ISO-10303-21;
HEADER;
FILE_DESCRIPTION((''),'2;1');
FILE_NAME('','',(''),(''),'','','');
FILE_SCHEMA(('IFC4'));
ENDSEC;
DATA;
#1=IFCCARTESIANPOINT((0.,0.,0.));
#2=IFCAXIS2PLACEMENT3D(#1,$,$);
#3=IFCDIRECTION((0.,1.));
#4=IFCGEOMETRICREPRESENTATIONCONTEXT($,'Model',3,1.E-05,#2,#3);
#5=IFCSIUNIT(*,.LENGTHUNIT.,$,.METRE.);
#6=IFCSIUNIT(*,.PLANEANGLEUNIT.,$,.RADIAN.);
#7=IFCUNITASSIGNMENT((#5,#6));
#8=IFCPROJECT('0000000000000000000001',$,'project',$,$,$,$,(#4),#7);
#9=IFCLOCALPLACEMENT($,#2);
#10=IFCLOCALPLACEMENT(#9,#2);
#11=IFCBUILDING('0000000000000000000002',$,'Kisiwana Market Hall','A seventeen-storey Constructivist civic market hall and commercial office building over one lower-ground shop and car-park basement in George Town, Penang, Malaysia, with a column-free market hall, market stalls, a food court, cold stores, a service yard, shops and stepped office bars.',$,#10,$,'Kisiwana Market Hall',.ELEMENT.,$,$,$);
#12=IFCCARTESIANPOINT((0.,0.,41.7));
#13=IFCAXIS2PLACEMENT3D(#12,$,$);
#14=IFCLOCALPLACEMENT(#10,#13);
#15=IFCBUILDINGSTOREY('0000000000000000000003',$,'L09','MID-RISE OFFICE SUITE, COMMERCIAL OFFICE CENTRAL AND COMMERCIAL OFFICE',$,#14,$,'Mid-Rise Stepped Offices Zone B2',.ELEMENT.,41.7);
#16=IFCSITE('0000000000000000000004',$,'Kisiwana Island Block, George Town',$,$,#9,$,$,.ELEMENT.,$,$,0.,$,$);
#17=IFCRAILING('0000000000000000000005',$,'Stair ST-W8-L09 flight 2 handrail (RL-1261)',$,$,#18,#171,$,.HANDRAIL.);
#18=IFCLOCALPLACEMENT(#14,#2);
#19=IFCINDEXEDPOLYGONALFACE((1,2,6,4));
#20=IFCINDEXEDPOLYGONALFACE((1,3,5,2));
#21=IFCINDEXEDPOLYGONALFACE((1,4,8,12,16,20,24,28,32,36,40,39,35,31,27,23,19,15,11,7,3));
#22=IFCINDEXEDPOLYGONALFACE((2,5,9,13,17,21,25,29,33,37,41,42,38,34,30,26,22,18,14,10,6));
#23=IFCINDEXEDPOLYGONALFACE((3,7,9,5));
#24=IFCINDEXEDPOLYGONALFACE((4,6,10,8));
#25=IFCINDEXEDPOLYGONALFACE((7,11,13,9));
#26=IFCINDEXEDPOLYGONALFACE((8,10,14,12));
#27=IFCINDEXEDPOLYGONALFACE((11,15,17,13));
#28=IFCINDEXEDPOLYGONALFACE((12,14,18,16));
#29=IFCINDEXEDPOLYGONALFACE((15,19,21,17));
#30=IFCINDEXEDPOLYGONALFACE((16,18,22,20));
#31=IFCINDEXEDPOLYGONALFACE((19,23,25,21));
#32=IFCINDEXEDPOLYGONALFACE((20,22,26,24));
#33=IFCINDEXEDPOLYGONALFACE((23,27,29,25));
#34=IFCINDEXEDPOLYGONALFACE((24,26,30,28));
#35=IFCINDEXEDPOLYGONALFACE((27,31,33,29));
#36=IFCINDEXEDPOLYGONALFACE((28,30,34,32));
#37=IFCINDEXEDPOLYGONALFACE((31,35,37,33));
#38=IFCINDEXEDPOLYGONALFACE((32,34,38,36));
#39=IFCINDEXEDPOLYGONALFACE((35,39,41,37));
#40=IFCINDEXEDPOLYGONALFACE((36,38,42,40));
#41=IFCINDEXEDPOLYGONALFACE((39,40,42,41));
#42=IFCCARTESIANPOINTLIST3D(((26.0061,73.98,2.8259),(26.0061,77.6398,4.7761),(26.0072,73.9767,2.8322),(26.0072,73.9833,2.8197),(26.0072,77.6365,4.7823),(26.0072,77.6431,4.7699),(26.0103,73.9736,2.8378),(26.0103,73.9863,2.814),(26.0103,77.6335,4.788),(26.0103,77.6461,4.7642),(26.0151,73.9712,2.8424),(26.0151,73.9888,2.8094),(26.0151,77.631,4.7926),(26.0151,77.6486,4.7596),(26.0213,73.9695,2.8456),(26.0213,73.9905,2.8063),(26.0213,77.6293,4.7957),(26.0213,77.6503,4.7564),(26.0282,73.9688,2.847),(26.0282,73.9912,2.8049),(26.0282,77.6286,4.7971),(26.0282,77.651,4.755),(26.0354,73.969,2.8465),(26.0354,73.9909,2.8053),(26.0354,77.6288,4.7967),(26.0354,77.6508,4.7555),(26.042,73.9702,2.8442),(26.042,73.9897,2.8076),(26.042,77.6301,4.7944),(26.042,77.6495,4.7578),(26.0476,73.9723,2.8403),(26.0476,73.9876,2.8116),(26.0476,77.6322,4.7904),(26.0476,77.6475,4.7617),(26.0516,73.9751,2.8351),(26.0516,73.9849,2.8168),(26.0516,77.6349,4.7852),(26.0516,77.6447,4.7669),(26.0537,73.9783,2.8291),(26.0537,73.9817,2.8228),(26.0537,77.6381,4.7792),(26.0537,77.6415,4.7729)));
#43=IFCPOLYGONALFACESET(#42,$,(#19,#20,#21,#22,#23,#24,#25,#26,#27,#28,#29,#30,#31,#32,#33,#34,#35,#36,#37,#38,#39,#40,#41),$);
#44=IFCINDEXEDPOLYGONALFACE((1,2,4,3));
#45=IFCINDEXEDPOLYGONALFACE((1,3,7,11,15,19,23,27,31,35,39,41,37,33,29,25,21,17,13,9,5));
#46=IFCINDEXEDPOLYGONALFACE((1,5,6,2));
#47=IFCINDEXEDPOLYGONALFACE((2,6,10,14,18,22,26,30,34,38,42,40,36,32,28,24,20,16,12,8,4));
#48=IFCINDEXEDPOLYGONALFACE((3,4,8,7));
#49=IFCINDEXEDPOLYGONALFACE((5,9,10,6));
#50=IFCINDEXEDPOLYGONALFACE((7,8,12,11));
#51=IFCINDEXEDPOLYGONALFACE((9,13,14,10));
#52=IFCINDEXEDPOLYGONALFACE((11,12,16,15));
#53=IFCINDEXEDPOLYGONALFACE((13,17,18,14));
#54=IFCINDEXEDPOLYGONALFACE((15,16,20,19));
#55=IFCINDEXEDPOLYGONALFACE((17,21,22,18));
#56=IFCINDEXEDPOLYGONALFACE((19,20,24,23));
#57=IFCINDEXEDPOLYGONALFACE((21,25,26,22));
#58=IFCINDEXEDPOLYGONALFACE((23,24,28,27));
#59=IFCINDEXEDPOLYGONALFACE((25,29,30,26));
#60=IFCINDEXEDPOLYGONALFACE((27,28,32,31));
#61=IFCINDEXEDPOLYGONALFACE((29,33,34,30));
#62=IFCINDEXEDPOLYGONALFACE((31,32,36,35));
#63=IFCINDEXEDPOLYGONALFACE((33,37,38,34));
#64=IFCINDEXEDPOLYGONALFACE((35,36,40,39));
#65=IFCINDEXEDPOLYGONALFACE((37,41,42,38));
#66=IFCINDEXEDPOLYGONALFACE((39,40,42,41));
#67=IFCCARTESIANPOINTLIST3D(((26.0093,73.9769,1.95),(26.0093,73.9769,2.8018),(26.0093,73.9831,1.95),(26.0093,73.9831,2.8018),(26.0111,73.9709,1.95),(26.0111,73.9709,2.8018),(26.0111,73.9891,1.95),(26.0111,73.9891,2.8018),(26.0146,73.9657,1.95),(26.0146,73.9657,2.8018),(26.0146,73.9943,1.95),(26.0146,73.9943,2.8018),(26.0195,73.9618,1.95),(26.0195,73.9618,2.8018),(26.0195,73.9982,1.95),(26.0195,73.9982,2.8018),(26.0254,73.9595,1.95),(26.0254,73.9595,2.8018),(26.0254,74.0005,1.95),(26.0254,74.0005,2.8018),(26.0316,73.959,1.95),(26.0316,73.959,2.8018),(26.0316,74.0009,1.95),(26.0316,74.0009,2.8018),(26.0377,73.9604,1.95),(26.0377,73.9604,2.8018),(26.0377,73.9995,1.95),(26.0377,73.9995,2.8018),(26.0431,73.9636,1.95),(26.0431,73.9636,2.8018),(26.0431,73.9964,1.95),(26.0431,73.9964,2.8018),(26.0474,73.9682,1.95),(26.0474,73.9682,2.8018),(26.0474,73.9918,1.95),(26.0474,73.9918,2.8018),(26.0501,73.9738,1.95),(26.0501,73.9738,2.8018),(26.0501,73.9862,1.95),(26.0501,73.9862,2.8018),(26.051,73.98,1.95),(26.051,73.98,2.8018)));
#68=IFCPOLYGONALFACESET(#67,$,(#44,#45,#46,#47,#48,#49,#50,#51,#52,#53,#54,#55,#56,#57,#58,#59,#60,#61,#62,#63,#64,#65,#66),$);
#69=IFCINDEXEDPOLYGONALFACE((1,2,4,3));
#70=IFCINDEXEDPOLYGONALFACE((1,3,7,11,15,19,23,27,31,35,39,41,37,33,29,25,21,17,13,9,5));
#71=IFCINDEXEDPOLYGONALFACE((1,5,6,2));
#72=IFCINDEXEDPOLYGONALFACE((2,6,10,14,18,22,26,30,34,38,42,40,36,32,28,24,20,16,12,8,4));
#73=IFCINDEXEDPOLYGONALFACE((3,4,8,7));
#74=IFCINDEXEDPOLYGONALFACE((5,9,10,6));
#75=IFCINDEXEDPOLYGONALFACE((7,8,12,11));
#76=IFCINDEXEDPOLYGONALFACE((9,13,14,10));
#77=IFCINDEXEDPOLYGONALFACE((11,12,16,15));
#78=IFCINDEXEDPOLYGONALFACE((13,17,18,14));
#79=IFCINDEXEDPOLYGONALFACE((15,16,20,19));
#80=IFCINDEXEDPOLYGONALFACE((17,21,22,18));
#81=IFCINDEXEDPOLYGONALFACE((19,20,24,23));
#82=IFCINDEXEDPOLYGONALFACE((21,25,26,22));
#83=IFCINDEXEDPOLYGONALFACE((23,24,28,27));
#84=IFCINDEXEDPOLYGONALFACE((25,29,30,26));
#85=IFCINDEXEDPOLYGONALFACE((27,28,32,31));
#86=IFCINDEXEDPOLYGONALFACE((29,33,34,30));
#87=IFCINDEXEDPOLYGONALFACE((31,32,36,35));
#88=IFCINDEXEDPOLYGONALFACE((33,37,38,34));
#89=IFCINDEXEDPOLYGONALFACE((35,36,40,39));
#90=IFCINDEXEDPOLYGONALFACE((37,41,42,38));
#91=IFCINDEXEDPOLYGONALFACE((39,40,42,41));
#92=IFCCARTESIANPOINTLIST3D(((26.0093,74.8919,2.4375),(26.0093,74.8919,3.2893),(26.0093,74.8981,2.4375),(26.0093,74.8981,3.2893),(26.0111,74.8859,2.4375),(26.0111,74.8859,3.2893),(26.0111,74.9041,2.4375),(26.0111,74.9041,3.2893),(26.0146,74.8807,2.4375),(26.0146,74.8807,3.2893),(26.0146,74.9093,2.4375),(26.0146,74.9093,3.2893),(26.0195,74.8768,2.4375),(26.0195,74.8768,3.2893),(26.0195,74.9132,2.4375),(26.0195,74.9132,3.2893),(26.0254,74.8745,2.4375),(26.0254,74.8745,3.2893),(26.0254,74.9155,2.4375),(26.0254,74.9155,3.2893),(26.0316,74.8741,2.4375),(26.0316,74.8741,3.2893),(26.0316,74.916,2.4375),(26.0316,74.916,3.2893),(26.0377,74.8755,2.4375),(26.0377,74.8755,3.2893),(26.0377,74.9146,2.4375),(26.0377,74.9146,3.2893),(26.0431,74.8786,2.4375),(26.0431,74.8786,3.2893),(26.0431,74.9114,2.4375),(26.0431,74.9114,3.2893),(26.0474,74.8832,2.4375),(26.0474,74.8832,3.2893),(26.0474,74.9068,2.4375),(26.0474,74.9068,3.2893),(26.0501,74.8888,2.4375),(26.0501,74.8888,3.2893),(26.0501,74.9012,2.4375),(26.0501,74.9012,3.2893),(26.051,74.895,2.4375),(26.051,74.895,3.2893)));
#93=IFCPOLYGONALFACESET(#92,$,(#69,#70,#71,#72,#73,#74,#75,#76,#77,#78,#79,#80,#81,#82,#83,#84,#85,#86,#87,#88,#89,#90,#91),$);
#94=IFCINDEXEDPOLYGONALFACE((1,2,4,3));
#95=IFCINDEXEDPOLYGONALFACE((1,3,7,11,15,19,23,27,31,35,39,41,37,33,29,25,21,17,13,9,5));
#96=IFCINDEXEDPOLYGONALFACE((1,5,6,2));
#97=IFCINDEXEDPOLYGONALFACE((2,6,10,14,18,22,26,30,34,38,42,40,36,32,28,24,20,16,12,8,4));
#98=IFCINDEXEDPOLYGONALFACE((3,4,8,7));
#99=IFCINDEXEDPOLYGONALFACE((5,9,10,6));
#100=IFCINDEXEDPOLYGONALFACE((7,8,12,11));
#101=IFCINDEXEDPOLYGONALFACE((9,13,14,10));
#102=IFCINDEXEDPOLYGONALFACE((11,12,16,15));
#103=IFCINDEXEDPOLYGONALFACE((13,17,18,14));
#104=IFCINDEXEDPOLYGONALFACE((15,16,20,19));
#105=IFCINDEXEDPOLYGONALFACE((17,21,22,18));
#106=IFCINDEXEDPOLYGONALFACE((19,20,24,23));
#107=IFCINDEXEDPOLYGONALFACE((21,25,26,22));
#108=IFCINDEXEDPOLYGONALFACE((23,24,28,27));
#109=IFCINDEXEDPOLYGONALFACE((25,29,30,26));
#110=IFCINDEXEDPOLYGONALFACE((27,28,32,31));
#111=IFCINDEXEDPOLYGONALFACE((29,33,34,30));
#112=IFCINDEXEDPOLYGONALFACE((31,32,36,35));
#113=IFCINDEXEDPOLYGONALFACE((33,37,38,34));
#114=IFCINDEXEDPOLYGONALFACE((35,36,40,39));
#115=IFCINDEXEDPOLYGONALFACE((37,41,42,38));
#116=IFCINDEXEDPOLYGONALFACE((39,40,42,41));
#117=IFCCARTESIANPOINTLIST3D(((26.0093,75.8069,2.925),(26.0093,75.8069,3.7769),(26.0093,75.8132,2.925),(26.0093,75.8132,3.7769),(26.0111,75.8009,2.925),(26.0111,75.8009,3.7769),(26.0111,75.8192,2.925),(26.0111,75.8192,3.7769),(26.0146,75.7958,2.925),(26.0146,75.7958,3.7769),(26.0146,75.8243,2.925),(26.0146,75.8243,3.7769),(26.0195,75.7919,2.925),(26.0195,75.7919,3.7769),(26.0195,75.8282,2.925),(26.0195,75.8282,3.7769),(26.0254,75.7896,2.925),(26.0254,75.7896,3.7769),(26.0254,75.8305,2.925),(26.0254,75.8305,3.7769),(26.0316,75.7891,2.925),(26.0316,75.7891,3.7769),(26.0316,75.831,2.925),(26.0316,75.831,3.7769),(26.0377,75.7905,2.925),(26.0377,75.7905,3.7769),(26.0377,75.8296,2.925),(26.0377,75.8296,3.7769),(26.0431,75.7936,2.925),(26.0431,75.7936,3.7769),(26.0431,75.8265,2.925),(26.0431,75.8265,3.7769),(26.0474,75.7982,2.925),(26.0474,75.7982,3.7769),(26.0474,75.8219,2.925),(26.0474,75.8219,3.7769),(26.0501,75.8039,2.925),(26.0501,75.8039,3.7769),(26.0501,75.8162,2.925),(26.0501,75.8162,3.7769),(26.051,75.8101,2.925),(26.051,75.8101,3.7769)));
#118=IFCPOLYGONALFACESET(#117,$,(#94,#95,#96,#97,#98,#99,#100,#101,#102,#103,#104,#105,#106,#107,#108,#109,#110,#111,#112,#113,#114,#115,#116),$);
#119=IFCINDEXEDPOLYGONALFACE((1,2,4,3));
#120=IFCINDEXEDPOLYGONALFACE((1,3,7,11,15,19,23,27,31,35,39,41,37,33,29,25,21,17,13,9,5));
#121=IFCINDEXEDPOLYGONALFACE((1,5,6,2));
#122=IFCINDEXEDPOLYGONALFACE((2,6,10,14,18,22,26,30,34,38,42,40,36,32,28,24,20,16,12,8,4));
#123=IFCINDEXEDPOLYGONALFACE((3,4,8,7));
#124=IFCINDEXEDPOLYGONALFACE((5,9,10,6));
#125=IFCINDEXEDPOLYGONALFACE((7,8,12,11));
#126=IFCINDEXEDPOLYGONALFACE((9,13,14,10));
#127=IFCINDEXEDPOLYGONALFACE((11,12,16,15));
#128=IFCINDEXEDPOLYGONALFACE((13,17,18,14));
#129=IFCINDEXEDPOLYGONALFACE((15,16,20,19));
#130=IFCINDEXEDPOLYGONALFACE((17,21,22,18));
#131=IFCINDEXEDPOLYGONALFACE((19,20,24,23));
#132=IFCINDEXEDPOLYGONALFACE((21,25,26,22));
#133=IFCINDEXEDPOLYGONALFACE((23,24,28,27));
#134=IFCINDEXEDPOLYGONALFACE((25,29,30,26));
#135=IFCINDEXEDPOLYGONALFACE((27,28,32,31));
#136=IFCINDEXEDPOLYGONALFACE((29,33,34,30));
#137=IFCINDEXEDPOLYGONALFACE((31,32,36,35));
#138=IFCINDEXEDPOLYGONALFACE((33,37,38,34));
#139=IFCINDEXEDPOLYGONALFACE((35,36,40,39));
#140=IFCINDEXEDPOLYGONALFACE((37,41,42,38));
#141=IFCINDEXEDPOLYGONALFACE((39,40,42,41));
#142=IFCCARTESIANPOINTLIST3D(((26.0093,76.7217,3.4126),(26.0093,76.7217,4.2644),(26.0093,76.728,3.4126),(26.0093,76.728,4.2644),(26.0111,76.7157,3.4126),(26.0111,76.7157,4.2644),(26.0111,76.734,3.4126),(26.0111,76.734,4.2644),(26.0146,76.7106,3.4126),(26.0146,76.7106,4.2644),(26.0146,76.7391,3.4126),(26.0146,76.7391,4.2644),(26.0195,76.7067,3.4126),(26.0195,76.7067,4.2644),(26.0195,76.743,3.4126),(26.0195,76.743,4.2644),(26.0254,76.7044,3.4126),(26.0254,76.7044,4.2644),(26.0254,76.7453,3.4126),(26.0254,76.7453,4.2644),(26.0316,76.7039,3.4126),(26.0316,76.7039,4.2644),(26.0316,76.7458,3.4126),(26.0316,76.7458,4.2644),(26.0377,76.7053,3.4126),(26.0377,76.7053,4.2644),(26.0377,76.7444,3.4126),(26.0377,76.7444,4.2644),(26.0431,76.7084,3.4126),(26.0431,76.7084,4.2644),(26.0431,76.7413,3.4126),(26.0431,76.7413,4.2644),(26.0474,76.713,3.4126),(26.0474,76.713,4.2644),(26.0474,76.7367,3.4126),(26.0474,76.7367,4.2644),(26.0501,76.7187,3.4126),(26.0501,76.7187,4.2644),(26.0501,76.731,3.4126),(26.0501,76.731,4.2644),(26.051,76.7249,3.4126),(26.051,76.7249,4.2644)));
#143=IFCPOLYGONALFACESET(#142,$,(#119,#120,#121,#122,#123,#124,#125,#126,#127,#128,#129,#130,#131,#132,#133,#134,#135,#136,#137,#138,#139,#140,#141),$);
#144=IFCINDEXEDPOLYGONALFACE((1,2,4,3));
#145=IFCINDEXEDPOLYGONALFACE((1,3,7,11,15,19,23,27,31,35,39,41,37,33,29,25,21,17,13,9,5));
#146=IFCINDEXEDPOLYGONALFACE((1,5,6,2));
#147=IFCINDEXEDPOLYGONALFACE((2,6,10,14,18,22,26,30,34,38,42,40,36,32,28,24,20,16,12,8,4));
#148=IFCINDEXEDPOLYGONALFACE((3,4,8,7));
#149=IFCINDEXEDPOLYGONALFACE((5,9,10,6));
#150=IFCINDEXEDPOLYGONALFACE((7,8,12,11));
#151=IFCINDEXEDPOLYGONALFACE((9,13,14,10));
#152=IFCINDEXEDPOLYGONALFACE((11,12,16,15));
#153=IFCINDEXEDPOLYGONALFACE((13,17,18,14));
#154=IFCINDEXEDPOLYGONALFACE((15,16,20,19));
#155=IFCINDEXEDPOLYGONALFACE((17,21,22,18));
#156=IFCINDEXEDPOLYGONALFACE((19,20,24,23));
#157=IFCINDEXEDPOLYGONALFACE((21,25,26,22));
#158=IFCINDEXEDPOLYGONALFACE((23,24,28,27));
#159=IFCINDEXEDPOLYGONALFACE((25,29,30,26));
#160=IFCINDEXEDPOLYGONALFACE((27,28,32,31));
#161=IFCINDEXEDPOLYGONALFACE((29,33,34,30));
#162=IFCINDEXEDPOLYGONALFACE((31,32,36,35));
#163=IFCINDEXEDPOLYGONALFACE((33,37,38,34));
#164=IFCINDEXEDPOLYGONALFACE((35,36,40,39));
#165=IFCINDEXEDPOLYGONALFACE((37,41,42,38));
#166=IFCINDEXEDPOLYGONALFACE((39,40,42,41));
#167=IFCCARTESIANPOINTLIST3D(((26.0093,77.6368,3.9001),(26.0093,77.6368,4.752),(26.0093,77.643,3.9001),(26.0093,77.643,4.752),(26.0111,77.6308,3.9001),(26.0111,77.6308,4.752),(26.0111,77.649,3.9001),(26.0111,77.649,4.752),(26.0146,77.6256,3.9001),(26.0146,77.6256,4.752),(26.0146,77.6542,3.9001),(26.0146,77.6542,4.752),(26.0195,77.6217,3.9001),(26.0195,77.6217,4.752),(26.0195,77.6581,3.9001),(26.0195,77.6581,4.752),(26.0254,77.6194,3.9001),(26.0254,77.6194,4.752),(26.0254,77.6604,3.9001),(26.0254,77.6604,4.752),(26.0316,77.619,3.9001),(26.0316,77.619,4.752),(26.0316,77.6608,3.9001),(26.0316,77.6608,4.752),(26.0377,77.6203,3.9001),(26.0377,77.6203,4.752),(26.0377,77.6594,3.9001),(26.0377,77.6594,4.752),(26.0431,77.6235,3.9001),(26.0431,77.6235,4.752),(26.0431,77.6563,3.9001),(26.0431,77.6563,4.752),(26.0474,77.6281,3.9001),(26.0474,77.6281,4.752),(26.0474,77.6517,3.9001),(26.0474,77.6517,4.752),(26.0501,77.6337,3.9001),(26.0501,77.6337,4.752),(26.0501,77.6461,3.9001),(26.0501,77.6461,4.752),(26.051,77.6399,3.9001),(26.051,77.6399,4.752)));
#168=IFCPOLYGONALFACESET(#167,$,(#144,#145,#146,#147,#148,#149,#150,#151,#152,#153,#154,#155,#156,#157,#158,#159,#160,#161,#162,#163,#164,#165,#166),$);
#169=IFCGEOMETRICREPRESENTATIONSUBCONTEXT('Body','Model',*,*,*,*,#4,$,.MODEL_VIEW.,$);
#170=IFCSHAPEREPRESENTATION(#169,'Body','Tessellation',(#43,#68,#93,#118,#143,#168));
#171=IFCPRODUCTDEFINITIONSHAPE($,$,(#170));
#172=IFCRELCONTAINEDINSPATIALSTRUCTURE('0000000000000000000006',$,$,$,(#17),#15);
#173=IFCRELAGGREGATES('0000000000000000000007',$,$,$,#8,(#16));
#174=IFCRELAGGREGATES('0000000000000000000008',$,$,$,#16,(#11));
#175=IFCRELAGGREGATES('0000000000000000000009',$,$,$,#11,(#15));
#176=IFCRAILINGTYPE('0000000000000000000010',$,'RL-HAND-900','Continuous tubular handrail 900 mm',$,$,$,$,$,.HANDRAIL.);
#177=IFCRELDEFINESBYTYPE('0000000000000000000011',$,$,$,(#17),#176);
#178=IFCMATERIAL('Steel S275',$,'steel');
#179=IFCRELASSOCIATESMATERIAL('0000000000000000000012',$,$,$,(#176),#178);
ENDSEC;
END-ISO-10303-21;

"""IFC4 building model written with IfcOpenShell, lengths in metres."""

from ifc_helpers import new_model, si_unit, direction, frame, origin, origin_2d, place, context, subcontext, project, spatial, circle, extrude, material, type_object, element, save


model = new_model("IFC4")

# Units and contexts
model_context = context("Model", 3, precision=1e-05, world=origin(), true_north=direction((0.0, 1.0)))
body_context = subcontext(model_context, "Body", "Model", "MODEL_VIEW")
ifc_project = project(units=[si_unit("LENGTHUNIT", "METRE"), si_unit("PLANEANGLEUNIT", "RADIAN")], contexts=[model_context])

# Site, building, storey
site_placement = place(None, origin())
site = spatial("IfcSite", under=ifc_project, at=site_placement, Name="Kisiwana Island Block, George Town", CompositionType="ELEMENT", RefElevation=0.0)
building_placement = place(site_placement, origin())
building = spatial("IfcBuilding", under=site, at=building_placement, Name="Kisiwana Market Hall", Description="A seventeen-storey Constructivist civic market hall and commercial office building over one lower-ground shop and car-park basement in George Town, Penang, Malaysia, with a column-free market hall, market stalls, a food court, cold stores, a service yard, shops and stepped office bars.", LongName="Kisiwana Market Hall", CompositionType="ELEMENT")
storey_placement = place(building_placement, frame((0.0, 0.0, 41.7)))
storey = spatial("IfcBuildingStorey", under=building, at=storey_placement, Name="L09", Description="MID-RISE OFFICE SUITE, COMMERCIAL OFFICE CENTRAL AND COMMERCIAL OFFICE", LongName="Mid-Rise Stepped Offices Zone B2", CompositionType="ELEMENT", Elevation=41.7)

# Railing
ifc_material_1 = material(Name="Steel S275", Category="steel")
railing_type_1 = type_object("IfcRailingType", Name="RL-HAND-900", Description="Continuous tubular handrail 900 mm", PredefinedType="HANDRAIL", material=ifc_material_1)
railing_1_placement = place(storey_placement, frame((26.03, 73.98, 1.95)))
element("IfcRailing", 1, at=railing_1_placement, inside=storey, type_object=railing_type_1, Name="Stair ST-W8-L09 flight 2 handrail (RL-1261)", PredefinedType="HANDRAIL", context=body_context, shape_type="SweptSolid", body=[
    extrude(circle(Radius=0.0239, at=origin_2d()), frame((0.0, 0.0, 0.876), z_axis=(0.0, 0.882529, 0.470258), x_axis=(-1.0, 0.0, 0.0)), (0.0, 0.0, 1.0), 4.147),
    extrude(circle(Radius=0.021, at=origin_2d()), origin(), (0.0, 0.0, 1.0), 0.8518),
    extrude(circle(Radius=0.021, at=origin_2d()), frame((0.0, 0.915, 0.4875)), (0.0, 0.0, 1.0), 0.8518),
    extrude(circle(Radius=0.021, at=origin_2d()), frame((0.0, 1.8301, 0.9751)), (0.0, 0.0, 1.0), 0.8518),
    extrude(circle(Radius=0.021, at=origin_2d()), frame((0.0, 2.7449, 1.4626)), (0.0, 0.0, 1.0), 0.8518),
    extrude(circle(Radius=0.021, at=origin_2d()), frame((0.0, 3.6599, 1.9502)), (0.0, 0.0, 1.0), 0.8518),
])

save(model, "model.ifc")
